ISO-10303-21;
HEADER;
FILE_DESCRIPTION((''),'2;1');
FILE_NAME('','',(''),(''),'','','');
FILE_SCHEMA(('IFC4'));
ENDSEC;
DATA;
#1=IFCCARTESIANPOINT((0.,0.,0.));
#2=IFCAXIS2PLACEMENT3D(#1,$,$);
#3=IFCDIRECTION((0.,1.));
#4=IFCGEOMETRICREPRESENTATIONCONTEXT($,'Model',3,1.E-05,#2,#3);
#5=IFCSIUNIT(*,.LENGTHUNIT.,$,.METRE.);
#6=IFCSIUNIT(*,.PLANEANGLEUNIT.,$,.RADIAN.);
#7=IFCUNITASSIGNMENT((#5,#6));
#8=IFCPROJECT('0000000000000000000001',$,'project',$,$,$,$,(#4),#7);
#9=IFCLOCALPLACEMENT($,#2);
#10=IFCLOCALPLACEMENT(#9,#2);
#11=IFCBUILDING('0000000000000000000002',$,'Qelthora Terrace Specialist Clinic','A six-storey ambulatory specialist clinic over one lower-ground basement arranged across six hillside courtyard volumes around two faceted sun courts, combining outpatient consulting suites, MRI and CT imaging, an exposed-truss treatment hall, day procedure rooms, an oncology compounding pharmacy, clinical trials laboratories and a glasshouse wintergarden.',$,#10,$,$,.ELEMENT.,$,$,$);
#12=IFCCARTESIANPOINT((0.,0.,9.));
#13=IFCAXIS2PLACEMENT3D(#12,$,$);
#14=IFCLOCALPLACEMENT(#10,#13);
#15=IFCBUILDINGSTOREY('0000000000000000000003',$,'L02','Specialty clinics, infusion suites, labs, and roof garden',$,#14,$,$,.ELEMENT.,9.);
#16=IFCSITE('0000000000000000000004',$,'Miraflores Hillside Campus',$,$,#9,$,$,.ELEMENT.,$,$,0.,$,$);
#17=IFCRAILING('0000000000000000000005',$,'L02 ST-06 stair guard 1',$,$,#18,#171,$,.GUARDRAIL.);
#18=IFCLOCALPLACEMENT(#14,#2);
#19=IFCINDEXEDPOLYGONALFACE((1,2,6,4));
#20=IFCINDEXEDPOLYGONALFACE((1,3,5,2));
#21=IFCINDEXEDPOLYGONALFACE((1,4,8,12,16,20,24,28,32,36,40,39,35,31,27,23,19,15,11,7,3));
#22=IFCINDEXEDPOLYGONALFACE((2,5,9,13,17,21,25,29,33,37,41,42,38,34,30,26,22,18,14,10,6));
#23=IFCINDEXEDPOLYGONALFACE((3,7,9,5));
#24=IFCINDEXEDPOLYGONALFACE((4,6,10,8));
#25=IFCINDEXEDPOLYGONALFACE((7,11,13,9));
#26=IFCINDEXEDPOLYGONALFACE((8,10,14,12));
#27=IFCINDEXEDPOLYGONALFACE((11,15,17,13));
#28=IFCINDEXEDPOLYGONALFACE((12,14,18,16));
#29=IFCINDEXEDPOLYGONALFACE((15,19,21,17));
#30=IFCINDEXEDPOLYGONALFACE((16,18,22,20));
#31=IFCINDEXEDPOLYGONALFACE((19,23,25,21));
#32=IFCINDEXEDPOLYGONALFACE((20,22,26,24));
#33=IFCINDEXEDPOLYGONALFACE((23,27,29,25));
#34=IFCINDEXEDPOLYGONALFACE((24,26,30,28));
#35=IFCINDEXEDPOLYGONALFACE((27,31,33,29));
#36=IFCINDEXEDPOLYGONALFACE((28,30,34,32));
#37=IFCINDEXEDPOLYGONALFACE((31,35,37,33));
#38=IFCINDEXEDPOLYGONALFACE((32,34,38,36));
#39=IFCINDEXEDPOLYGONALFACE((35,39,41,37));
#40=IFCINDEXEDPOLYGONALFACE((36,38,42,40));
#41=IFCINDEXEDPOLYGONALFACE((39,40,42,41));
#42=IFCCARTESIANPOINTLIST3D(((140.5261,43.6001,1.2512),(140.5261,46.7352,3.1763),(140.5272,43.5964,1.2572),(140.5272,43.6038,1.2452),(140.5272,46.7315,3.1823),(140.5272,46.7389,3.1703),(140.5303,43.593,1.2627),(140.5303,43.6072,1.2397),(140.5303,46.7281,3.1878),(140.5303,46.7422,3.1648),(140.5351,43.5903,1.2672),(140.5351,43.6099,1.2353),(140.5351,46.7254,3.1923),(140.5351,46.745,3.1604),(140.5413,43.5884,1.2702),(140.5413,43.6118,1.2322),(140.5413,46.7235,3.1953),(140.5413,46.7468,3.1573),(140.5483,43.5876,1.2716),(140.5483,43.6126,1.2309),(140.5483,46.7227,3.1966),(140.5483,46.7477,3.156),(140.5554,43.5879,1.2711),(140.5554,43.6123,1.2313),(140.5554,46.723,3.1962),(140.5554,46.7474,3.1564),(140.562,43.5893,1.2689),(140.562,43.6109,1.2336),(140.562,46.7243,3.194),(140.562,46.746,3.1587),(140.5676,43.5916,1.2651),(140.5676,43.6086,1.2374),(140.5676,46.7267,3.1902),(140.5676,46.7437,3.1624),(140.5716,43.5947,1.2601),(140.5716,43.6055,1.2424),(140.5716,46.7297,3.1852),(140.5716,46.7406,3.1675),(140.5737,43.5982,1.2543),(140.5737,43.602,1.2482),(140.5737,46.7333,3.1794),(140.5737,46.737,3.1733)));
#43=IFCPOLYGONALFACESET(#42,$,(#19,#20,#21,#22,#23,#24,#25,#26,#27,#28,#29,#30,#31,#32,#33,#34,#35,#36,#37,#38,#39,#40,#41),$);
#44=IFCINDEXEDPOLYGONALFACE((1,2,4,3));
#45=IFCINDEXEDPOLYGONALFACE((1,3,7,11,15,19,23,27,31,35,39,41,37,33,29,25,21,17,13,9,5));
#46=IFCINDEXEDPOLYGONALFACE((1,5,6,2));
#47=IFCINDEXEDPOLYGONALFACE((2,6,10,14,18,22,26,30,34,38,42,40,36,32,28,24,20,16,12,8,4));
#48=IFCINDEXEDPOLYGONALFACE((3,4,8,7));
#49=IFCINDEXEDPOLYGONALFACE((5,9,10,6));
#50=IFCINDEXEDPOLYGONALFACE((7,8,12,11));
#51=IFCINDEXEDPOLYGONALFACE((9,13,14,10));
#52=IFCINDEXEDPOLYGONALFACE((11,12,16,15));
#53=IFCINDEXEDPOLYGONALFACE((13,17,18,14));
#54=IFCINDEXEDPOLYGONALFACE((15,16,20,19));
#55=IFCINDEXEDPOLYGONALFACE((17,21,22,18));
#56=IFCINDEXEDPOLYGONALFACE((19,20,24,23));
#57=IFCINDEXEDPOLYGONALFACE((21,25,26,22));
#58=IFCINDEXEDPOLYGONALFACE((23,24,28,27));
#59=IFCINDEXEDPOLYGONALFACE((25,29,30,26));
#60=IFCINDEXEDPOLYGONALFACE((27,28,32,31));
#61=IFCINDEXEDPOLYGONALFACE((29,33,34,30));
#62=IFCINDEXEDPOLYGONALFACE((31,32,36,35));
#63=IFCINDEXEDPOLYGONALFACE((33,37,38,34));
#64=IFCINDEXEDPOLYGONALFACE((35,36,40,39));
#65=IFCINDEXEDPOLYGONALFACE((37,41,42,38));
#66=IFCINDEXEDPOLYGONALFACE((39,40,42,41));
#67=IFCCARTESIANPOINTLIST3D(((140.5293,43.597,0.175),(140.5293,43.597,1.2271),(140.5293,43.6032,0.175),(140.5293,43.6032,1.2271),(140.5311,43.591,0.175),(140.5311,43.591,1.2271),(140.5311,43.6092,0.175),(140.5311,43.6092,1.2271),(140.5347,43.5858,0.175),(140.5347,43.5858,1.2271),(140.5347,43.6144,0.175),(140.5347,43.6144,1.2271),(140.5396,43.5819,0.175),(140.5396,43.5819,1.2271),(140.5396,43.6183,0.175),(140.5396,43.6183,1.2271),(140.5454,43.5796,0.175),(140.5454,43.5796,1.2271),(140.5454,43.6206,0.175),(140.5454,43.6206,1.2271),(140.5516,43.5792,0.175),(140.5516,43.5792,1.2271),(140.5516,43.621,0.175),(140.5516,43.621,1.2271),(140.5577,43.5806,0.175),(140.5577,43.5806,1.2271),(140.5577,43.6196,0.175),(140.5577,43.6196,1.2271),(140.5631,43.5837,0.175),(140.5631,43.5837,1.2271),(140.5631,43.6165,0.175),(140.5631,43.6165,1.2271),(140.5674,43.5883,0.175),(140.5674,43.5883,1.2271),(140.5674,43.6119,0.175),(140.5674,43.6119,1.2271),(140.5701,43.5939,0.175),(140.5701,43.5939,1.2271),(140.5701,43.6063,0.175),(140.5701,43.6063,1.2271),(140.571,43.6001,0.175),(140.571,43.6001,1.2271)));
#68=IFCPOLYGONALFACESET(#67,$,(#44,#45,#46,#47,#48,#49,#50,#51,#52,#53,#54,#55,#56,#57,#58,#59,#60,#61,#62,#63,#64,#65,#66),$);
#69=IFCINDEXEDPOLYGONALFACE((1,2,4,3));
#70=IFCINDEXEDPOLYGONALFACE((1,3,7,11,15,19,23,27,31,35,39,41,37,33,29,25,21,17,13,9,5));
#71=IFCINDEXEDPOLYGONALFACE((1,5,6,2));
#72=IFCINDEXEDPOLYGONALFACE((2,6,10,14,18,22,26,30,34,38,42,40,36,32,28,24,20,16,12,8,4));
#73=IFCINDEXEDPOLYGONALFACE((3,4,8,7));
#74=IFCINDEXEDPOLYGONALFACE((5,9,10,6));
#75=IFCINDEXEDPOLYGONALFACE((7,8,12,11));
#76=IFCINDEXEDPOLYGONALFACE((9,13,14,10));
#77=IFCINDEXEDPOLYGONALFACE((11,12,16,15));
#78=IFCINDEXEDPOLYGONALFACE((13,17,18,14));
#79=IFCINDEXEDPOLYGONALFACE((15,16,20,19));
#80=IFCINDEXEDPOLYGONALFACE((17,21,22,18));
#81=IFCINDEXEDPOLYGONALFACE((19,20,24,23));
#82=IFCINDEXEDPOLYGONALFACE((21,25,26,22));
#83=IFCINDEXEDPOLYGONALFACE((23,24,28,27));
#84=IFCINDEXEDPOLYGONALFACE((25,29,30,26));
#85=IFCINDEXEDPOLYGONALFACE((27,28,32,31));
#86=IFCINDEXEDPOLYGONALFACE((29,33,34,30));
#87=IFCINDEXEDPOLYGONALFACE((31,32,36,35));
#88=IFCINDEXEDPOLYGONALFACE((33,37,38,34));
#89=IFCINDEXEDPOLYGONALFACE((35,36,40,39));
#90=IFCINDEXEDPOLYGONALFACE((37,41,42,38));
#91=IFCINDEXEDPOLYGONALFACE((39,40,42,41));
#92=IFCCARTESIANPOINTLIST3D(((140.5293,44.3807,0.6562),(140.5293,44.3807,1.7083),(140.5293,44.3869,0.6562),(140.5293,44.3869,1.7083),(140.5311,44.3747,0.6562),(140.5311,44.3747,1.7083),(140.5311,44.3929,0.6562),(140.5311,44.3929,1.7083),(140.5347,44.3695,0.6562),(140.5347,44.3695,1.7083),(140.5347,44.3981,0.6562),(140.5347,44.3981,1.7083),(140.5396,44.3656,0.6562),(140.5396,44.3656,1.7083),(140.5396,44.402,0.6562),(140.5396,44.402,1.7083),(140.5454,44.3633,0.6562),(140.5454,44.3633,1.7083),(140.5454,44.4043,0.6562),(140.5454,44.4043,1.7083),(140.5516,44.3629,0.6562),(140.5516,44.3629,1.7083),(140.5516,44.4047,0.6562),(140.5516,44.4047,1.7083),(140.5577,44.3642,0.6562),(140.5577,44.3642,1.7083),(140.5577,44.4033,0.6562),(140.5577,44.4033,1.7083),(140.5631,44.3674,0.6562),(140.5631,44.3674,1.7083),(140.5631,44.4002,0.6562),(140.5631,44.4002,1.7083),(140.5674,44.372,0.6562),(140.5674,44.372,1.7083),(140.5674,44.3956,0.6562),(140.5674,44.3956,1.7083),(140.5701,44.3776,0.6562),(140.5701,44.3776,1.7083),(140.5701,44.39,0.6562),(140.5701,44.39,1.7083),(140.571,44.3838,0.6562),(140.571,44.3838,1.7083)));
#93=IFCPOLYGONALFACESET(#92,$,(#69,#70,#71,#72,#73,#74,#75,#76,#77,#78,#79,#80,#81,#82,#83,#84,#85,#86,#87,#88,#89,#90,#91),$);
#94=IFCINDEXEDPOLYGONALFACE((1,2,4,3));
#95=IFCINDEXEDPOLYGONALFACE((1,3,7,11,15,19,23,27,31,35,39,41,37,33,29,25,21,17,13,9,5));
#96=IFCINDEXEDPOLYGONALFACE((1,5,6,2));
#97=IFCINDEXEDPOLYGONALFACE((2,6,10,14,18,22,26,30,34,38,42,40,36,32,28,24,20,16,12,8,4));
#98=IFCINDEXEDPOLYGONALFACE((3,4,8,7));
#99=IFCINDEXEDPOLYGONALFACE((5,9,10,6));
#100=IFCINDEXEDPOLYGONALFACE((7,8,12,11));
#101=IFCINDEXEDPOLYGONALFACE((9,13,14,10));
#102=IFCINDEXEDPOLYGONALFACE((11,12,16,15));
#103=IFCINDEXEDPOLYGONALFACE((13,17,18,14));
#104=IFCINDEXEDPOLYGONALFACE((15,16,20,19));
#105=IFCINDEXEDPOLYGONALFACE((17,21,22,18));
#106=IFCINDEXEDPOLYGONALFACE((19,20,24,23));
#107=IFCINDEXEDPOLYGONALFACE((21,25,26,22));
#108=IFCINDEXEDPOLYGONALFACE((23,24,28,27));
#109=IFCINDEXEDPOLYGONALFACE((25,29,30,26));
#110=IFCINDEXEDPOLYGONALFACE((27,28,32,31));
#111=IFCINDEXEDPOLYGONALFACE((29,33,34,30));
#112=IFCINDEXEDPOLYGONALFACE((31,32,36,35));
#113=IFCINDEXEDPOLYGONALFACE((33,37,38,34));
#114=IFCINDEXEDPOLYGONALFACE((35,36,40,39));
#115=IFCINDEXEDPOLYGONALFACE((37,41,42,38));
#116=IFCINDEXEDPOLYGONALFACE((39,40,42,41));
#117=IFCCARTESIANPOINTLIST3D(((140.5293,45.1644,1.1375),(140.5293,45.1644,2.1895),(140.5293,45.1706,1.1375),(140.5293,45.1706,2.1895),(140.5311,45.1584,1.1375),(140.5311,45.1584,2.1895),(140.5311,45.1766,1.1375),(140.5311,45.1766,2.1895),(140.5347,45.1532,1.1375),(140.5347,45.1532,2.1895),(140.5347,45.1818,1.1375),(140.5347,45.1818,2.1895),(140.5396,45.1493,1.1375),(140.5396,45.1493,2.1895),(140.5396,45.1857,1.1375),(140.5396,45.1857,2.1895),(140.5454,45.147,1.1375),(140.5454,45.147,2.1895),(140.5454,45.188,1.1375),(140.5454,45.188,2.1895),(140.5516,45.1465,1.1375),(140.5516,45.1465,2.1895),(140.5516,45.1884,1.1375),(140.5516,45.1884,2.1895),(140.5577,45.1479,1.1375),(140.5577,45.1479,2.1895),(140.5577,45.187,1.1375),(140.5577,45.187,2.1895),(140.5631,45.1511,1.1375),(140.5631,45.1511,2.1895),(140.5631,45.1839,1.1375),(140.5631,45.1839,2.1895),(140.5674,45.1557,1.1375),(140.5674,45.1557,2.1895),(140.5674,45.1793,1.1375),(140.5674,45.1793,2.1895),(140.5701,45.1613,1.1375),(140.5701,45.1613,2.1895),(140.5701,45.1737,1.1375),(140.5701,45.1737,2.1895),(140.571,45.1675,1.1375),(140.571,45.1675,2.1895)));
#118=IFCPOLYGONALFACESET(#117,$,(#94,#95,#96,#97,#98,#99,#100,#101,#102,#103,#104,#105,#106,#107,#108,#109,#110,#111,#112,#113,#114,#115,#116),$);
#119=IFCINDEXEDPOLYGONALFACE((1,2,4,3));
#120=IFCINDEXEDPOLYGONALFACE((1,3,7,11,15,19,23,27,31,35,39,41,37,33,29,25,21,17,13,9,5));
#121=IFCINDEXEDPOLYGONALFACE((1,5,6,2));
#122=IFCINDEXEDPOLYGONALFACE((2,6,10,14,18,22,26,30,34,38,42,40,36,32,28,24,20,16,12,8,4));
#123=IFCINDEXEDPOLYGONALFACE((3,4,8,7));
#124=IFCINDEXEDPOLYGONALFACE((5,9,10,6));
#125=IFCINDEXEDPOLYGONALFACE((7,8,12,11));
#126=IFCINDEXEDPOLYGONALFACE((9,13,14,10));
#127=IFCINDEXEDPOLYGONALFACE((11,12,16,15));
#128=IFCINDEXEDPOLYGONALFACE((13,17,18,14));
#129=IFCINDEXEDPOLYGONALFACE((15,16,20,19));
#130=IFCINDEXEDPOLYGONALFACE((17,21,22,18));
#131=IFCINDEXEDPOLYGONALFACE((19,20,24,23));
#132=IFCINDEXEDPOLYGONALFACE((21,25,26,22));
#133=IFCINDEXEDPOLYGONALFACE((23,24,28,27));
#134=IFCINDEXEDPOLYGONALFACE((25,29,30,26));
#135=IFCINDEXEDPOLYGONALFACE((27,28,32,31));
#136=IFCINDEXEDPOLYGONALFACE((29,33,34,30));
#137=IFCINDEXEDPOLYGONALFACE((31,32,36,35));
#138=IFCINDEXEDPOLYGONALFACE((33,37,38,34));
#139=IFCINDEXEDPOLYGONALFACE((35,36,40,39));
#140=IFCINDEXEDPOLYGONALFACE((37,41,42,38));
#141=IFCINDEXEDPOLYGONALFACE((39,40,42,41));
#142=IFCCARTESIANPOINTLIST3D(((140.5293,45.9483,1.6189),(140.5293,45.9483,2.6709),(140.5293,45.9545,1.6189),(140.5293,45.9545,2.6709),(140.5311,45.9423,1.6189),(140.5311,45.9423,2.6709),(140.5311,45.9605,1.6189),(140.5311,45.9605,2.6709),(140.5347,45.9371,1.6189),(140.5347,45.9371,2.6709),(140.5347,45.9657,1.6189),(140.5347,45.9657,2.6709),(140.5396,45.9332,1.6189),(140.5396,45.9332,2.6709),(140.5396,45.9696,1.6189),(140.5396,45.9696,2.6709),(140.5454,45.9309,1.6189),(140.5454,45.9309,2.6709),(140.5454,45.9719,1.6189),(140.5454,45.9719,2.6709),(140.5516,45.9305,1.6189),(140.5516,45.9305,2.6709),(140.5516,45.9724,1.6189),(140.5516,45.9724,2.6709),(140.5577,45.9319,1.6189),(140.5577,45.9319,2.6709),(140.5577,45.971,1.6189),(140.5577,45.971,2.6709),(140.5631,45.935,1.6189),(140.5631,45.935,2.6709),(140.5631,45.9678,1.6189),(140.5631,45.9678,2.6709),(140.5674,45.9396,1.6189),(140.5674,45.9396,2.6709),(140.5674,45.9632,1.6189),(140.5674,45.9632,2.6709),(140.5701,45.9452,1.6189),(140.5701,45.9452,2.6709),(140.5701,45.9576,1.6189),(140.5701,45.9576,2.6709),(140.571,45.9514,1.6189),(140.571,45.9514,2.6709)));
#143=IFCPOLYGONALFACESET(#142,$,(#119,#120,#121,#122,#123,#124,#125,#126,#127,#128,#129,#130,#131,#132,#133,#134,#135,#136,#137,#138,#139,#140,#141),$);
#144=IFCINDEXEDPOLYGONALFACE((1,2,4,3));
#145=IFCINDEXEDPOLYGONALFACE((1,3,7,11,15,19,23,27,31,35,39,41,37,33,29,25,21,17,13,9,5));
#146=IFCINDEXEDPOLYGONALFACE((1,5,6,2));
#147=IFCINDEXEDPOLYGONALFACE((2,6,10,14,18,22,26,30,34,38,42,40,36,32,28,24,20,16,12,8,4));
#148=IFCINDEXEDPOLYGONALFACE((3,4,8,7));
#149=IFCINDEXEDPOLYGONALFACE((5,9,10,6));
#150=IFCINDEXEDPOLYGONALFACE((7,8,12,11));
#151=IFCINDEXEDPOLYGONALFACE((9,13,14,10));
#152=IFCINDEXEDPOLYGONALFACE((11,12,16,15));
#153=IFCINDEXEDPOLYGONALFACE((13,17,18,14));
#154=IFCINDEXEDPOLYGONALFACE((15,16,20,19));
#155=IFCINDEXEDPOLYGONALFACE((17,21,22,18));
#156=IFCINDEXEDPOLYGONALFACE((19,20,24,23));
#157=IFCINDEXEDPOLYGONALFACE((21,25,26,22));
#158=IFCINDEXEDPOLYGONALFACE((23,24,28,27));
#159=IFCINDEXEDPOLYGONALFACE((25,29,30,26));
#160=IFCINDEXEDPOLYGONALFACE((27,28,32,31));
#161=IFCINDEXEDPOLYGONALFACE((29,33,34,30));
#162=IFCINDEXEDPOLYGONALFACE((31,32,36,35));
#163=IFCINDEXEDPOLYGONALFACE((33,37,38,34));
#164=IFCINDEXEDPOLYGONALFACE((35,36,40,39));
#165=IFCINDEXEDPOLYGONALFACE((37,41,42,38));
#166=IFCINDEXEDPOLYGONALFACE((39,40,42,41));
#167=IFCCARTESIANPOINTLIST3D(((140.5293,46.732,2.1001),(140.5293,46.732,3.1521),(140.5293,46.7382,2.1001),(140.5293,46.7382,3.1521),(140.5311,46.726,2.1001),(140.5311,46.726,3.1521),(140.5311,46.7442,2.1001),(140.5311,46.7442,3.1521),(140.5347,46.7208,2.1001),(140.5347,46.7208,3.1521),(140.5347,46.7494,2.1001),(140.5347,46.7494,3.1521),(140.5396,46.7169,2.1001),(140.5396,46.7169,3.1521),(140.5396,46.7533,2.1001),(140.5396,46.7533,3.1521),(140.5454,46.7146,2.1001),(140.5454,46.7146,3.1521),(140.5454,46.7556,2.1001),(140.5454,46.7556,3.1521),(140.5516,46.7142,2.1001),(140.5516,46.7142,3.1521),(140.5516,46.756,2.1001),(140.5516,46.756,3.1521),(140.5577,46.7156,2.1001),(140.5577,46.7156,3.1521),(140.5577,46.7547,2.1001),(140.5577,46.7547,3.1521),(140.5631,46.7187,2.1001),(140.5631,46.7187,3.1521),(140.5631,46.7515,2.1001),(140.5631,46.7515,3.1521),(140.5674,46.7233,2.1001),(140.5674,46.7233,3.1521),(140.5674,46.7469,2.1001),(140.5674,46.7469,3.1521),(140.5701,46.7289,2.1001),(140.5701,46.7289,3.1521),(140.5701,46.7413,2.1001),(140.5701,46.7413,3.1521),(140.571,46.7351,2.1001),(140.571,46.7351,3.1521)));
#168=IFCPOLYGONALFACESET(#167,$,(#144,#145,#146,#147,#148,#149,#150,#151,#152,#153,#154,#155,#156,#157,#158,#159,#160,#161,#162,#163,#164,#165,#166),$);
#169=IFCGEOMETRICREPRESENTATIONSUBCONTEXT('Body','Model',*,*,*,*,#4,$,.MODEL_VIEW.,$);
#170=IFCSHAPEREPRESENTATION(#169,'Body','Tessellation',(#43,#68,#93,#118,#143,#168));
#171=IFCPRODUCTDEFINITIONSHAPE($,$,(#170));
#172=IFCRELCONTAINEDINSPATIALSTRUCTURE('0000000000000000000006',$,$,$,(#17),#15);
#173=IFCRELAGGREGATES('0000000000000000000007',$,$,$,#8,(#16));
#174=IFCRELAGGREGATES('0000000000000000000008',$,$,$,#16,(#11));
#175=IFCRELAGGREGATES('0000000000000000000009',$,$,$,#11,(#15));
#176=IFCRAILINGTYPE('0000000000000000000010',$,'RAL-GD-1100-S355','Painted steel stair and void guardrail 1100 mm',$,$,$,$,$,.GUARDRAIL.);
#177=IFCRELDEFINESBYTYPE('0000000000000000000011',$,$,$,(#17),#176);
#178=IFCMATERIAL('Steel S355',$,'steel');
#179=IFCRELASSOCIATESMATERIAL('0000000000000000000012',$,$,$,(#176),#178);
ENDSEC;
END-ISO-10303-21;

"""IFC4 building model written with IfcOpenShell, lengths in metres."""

from ifc_helpers import new_model, si_unit, direction, frame, origin, origin_2d, place, context, subcontext, project, spatial, circle, extrude, material, type_object, element, save


model = new_model("IFC4")

# Units and contexts
model_context = context("Model", 3, precision=1e-05, world=origin(), true_north=direction((0.0, 1.0)))
body_context = subcontext(model_context, "Body", "Model", "MODEL_VIEW")
ifc_project = project(units=[si_unit("LENGTHUNIT", "METRE"), si_unit("PLANEANGLEUNIT", "RADIAN")], contexts=[model_context])

# Site, building, storey
site_placement = place(None, origin())
site = spatial("IfcSite", under=ifc_project, at=site_placement, Name="Miraflores Hillside Campus", CompositionType="ELEMENT", RefElevation=0.0)
building_placement = place(site_placement, origin())
building = spatial("IfcBuilding", under=site, at=building_placement, Name="Qelthora Terrace Specialist Clinic", Description="A six-storey ambulatory specialist clinic over one lower-ground basement arranged across six hillside courtyard volumes around two faceted sun courts, combining outpatient consulting suites, MRI and CT imaging, an exposed-truss treatment hall, day procedure rooms, an oncology compounding pharmacy, clinical trials laboratories and a glasshouse wintergarden.", CompositionType="ELEMENT")
storey_placement = place(building_placement, frame((0.0, 0.0, 9.0)))
storey = spatial("IfcBuildingStorey", under=building, at=storey_placement, Name="L02", Description="Specialty clinics, infusion suites, labs, and roof garden", CompositionType="ELEMENT", Elevation=9.0)

# Shared definitions
ifc_material_1 = material(Name="Steel S355", Category="steel")

# Railing
railing_type_1 = type_object("IfcRailingType", Name="RAL-GD-1100-S355", Description="Painted steel stair and void guardrail 1100 mm", PredefinedType="GUARDRAIL", material=ifc_material_1)
railing_1_placement = place(storey_placement, frame((140.55, 43.6001, 0.175)))
element("IfcRailing", 1, at=railing_1_placement, inside=storey, type_object=railing_type_1, Name="L02 ST-06 stair guard 1", PredefinedType="GUARDRAIL", context=body_context, shape_type="SweptSolid", body=[
    extrude(circle(Radius=0.0239, at=origin_2d()), frame((0.0, 0.0, 1.0762), z_axis=(0.0, 0.852166, 0.523271), x_axis=(-1.0, 0.0, 0.0)), (0.0, 0.0, 1.0), 3.679),
    extrude(circle(Radius=0.021, at=origin_2d()), origin(), (0.0, 0.0, 1.0), 1.052),
    extrude(circle(Radius=0.021, at=origin_2d()), frame((0.0, 0.7837, 0.4812)), (0.0, 0.0, 1.0), 1.052),
    extrude(circle(Radius=0.021, at=origin_2d()), frame((0.0, 1.5674, 0.9624)), (0.0, 0.0, 1.0), 1.052),
    extrude(circle(Radius=0.021, at=origin_2d()), frame((0.0, 2.3513, 1.4438)), (0.0, 0.0, 1.0), 1.052),
    extrude(circle(Radius=0.021, at=origin_2d()), frame((0.0, 3.135, 1.925)), (0.0, 0.0, 1.0), 1.052),
])

save(model, "model.ifc")
